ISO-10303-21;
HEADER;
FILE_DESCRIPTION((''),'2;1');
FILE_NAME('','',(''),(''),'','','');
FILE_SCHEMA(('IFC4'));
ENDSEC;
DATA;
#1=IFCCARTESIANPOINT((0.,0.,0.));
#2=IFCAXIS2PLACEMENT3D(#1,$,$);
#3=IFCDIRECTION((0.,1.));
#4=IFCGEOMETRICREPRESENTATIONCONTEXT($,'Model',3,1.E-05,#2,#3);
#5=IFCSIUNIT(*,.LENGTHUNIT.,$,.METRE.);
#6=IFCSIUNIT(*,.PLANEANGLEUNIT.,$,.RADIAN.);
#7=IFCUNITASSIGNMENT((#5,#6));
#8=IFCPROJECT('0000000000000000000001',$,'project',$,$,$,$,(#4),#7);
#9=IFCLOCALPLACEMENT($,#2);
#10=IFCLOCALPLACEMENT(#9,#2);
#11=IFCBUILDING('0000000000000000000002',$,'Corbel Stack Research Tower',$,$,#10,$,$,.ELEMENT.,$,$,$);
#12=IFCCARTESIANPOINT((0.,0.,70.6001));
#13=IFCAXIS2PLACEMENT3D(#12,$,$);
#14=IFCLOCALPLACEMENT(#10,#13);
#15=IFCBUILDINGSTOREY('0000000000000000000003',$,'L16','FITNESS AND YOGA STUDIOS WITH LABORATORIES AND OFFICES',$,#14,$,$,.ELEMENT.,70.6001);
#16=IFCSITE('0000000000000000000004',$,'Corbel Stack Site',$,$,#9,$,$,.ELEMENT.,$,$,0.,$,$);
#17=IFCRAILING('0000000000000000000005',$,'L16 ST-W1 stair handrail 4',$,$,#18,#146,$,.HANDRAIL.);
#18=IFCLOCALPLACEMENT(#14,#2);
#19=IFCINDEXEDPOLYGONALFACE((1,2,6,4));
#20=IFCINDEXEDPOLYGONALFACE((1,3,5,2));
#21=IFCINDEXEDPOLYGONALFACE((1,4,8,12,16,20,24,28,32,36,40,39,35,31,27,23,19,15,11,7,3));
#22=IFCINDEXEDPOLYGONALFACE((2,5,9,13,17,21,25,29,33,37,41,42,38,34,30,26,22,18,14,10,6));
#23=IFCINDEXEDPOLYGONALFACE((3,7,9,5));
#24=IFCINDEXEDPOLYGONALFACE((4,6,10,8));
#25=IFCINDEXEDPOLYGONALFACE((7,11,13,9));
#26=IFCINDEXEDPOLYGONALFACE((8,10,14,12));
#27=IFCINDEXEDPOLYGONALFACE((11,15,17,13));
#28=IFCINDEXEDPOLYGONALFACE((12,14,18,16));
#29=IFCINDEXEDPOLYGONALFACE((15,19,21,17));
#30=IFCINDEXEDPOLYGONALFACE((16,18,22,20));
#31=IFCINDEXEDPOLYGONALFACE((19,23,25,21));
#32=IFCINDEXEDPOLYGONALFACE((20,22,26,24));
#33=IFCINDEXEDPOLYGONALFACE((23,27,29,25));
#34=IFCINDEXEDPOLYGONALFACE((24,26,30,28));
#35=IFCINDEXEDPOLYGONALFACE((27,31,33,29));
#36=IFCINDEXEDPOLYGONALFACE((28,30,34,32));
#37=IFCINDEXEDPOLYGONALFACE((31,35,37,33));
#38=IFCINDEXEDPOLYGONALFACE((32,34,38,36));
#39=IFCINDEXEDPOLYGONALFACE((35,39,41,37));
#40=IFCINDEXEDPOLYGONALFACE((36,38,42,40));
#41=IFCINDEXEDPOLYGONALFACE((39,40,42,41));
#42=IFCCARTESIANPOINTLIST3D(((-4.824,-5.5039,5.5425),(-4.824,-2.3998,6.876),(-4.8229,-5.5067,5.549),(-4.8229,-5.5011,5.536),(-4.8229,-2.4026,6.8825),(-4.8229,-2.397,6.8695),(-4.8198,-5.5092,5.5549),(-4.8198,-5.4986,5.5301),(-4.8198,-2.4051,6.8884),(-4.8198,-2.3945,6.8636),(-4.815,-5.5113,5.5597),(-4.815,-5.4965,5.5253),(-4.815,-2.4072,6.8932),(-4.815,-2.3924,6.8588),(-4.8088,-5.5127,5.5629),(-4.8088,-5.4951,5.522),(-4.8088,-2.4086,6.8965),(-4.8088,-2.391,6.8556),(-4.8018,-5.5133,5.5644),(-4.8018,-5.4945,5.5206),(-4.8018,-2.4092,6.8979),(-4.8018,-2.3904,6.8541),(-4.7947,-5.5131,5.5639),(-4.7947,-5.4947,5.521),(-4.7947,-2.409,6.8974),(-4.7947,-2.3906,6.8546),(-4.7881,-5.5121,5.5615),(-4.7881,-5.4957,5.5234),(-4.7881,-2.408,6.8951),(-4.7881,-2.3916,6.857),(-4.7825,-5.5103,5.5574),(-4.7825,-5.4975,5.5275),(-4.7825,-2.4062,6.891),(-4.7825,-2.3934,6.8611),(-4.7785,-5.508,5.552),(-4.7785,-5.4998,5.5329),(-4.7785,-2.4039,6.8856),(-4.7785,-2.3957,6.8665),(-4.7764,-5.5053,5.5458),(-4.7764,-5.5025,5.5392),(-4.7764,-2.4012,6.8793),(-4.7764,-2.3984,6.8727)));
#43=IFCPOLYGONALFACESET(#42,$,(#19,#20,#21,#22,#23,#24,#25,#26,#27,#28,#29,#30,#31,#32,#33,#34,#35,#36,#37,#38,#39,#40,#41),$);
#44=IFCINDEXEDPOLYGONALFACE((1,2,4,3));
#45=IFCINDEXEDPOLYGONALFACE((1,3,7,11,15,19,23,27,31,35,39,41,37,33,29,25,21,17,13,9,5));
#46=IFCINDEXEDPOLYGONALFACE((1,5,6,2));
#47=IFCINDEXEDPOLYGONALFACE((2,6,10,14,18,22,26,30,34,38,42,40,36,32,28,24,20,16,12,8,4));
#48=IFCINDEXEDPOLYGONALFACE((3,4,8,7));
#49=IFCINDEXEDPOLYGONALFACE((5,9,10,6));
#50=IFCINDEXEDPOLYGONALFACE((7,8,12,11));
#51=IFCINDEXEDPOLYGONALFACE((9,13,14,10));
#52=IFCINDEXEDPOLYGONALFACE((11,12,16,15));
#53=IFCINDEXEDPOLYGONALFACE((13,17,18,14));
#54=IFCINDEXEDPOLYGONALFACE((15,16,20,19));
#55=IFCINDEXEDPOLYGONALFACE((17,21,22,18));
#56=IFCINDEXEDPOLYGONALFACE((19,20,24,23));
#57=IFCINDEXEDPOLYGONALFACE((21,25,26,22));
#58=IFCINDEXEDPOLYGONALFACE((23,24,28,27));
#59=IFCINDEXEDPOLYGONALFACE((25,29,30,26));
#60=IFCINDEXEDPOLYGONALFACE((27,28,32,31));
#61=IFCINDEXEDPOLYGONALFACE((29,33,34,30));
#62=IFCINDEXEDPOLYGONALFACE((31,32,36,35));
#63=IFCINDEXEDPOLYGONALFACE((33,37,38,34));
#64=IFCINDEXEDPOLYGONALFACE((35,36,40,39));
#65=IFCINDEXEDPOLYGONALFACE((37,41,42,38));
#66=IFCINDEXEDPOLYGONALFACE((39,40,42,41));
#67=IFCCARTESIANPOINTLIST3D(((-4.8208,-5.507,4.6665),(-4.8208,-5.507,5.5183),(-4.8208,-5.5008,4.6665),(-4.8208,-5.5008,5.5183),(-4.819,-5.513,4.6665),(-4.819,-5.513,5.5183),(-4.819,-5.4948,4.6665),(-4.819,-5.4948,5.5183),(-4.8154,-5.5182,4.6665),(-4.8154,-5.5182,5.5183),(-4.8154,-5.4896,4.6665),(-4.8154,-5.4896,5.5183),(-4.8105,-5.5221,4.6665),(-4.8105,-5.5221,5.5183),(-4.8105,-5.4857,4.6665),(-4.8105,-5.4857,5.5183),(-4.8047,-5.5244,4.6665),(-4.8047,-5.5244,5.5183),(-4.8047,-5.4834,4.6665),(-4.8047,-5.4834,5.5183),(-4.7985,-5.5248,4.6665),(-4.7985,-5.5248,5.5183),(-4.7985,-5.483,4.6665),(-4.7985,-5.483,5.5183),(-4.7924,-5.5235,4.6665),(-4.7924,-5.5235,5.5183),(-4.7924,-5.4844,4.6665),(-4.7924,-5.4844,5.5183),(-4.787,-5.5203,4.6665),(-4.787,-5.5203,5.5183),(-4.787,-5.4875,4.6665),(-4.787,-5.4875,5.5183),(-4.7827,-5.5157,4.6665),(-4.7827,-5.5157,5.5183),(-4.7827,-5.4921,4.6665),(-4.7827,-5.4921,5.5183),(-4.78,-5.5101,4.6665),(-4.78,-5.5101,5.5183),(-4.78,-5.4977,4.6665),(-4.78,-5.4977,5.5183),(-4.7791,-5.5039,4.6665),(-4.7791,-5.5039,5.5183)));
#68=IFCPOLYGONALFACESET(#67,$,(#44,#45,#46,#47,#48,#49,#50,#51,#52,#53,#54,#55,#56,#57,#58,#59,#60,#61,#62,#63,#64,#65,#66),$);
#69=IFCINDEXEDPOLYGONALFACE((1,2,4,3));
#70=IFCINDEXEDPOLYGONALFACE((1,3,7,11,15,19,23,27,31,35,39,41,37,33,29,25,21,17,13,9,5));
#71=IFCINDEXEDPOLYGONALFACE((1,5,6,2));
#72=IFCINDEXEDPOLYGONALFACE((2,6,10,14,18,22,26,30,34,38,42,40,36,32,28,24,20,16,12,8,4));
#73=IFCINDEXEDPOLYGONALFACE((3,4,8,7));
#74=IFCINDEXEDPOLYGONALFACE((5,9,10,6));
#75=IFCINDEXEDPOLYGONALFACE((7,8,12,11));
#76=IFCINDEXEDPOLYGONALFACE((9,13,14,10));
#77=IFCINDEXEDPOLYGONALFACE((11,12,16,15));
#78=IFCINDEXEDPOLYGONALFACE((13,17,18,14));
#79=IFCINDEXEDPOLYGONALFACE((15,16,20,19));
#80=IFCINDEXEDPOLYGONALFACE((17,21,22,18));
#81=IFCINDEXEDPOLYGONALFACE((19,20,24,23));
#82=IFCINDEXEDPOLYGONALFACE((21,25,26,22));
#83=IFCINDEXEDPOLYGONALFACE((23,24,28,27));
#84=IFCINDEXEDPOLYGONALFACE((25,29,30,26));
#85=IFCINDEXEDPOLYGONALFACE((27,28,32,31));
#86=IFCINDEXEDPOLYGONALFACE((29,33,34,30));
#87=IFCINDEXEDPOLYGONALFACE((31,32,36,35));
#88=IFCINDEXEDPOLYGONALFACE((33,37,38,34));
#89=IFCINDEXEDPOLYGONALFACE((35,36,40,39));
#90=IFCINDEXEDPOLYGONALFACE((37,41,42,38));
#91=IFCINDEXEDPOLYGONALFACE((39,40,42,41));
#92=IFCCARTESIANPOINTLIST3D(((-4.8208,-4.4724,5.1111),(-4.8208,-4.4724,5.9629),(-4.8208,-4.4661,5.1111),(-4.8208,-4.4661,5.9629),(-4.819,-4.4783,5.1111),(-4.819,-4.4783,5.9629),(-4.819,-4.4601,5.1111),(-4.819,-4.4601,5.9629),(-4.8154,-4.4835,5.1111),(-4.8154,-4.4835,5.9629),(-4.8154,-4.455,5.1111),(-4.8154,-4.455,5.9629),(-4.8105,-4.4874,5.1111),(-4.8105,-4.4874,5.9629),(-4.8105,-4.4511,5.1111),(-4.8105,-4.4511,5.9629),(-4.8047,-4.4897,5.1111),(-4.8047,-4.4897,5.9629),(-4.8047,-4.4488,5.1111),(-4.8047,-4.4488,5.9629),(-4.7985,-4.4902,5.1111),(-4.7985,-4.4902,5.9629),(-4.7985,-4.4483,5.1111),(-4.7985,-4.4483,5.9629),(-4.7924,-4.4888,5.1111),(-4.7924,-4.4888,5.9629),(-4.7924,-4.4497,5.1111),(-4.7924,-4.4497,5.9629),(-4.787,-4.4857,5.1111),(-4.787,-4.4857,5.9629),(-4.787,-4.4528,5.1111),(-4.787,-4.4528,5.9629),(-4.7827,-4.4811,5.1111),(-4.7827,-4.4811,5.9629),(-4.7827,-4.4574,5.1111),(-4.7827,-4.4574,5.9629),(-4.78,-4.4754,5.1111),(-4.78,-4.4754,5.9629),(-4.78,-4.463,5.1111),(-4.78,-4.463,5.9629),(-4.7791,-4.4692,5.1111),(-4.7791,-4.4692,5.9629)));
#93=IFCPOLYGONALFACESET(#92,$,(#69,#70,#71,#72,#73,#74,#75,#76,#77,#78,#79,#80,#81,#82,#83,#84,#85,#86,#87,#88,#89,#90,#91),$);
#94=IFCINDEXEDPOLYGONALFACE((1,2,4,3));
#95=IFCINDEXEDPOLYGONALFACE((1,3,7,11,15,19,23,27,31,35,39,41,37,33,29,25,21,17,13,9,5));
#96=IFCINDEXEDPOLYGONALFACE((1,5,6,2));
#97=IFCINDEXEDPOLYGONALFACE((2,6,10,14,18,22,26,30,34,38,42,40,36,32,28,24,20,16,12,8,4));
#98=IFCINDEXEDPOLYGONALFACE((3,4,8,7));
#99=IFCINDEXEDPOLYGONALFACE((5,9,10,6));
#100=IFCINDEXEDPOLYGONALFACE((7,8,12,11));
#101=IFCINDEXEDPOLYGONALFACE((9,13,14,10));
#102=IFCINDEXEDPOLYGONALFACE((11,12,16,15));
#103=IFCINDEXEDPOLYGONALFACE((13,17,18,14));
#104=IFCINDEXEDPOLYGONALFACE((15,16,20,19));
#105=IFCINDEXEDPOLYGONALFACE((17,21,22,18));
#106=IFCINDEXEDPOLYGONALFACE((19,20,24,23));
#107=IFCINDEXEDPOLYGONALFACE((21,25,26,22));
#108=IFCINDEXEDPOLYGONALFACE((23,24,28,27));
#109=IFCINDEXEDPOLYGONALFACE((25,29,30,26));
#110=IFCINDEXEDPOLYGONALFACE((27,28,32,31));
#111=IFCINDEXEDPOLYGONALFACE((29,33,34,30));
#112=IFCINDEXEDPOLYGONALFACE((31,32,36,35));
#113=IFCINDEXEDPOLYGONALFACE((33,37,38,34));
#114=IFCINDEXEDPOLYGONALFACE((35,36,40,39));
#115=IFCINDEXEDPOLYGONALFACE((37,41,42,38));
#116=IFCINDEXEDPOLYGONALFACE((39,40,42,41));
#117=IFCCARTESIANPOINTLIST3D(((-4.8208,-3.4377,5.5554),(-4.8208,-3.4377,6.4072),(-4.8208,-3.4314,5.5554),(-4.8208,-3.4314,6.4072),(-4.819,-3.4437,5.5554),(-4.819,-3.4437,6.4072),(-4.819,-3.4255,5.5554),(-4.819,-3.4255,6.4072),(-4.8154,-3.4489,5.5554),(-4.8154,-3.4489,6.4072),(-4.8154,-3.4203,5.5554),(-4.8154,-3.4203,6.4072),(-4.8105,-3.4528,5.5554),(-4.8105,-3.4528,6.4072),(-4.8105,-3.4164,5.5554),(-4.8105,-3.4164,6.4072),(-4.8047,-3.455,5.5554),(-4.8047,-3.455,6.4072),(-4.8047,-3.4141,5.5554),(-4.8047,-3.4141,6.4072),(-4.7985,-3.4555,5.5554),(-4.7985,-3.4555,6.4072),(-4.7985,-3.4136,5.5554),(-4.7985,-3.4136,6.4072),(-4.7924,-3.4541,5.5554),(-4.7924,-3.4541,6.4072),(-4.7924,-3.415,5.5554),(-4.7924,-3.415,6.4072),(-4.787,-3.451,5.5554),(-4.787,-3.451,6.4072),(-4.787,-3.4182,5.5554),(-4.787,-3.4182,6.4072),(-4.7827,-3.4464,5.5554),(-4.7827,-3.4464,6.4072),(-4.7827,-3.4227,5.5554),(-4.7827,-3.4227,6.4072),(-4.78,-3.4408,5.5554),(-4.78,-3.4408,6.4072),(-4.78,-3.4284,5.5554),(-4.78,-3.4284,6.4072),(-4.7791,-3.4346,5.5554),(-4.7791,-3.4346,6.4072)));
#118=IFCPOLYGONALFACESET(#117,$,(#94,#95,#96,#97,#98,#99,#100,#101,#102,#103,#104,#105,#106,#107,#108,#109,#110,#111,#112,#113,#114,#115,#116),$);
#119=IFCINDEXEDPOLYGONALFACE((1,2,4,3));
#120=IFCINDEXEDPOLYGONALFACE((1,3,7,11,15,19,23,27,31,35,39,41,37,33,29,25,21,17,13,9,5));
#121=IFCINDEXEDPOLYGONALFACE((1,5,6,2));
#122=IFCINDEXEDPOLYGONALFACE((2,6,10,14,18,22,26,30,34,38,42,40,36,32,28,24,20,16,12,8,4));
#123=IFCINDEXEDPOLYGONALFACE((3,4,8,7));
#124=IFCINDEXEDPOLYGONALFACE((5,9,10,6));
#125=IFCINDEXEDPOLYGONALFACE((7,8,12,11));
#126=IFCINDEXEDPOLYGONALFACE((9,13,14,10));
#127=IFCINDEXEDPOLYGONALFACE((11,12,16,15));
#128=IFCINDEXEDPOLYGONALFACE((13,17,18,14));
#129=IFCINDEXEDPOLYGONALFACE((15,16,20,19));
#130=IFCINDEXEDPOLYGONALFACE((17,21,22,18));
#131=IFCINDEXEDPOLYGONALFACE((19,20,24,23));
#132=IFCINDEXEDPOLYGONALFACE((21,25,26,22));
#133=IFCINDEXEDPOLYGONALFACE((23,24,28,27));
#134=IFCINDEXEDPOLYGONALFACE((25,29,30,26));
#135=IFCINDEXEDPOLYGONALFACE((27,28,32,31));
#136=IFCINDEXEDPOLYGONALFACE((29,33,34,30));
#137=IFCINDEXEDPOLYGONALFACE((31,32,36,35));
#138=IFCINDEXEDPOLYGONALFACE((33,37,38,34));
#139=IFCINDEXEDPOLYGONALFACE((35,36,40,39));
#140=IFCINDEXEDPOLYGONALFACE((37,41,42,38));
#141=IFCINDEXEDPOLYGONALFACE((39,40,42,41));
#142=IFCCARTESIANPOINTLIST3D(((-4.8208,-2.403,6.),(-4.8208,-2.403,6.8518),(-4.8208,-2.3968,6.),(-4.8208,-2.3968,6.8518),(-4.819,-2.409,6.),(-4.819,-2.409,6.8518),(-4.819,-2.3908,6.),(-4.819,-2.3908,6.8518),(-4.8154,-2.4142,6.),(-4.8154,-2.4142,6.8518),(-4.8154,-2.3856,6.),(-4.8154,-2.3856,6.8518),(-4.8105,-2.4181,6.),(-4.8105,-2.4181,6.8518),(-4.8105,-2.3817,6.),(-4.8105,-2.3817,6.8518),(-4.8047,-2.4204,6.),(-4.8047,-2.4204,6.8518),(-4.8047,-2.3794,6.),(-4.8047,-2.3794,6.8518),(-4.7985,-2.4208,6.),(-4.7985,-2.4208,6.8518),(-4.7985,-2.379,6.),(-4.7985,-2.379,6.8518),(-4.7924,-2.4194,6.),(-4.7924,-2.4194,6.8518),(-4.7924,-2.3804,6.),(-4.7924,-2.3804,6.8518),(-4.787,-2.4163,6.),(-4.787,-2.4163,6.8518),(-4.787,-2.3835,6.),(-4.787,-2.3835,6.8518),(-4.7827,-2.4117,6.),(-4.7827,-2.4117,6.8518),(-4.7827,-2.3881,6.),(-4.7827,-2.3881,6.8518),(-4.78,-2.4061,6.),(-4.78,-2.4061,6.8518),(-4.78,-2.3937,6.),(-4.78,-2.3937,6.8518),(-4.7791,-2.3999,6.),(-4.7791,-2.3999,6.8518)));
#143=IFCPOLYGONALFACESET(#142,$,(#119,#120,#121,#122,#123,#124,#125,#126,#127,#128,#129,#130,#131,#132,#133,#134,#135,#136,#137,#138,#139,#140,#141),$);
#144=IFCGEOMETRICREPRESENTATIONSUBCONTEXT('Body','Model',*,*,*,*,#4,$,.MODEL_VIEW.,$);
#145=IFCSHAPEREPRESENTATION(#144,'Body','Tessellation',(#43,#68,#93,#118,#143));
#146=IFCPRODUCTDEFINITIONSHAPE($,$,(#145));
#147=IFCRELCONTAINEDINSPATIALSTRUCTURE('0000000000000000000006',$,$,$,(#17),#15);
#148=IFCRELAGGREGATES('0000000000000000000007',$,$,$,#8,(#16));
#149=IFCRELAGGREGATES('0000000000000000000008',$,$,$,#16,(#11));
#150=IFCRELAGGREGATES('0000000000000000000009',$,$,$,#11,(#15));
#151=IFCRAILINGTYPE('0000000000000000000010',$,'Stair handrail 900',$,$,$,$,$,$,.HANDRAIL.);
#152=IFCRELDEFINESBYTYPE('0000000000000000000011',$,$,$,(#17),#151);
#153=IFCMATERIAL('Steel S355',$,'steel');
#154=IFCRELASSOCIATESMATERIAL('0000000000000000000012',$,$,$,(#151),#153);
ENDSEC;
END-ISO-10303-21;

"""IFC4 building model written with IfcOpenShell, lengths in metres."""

from ifc_helpers import new_model, si_unit, direction, frame, origin, origin_2d, place, context, subcontext, project, spatial, circle, extrude, material, type_object, element, save


model = new_model("IFC4")

# Units and contexts
model_context = context("Model", 3, precision=1e-05, world=origin(), true_north=direction((0.0, 1.0)))
body_context = subcontext(model_context, "Body", "Model", "MODEL_VIEW")
ifc_project = project(units=[si_unit("LENGTHUNIT", "METRE"), si_unit("PLANEANGLEUNIT", "RADIAN")], contexts=[model_context])

# Site, building, storey
site_placement = place(None, origin())
site = spatial("IfcSite", under=ifc_project, at=site_placement, Name="Corbel Stack Site", CompositionType="ELEMENT", RefElevation=0.0)
building_placement = place(site_placement, origin())
building = spatial("IfcBuilding", under=site, at=building_placement, Name="Corbel Stack Research Tower", CompositionType="ELEMENT")
storey_placement = place(building_placement, frame((0.0, 0.0, 70.6001)))
storey = spatial("IfcBuildingStorey", under=building, at=storey_placement, Name="L16", Description="FITNESS AND YOGA STUDIOS WITH LABORATORIES AND OFFICES", CompositionType="ELEMENT", Elevation=70.6001)

# Railing
ifc_material_1 = material(Name="Steel S355", Category="steel")
railing_type_1 = type_object("IfcRailingType", Name="Stair handrail 900", PredefinedType="HANDRAIL", material=ifc_material_1)
for number, where, name in (
    (1, (-4.8, -5.5039, 4.6665), "L16 ST-W1 stair handrail 4"),
):
    element("IfcRailing", number, at=place(storey_placement, frame(where)), inside=storey, type_object=railing_type_1, Name=name, PredefinedType="HANDRAIL", context=body_context, shape_type="SweptSolid", body=[
        extrude(circle(Radius=0.0239, at=origin_2d()), frame((0.0, 0.0, 0.876), z_axis=(0.0, 0.918801, 0.394722), x_axis=(-1.0, 0.0, 0.0)), (0.0, 0.0, 1.0), 3.3784),
        extrude(circle(Radius=0.021, at=origin_2d()), origin(), (0.0, 0.0, 1.0), 0.8518),
        extrude(circle(Radius=0.021, at=origin_2d()), frame((0.0, 1.0347, 0.4446)), (0.0, 0.0, 1.0), 0.8518),
        extrude(circle(Radius=0.021, at=origin_2d()), frame((0.0, 2.0693, 0.8889)), (0.0, 0.0, 1.0), 0.8518),
        extrude(circle(Radius=0.021, at=origin_2d()), frame((0.0, 3.104, 1.3335)), (0.0, 0.0, 1.0), 0.8518),
    ])

save(model, "model.ifc")
